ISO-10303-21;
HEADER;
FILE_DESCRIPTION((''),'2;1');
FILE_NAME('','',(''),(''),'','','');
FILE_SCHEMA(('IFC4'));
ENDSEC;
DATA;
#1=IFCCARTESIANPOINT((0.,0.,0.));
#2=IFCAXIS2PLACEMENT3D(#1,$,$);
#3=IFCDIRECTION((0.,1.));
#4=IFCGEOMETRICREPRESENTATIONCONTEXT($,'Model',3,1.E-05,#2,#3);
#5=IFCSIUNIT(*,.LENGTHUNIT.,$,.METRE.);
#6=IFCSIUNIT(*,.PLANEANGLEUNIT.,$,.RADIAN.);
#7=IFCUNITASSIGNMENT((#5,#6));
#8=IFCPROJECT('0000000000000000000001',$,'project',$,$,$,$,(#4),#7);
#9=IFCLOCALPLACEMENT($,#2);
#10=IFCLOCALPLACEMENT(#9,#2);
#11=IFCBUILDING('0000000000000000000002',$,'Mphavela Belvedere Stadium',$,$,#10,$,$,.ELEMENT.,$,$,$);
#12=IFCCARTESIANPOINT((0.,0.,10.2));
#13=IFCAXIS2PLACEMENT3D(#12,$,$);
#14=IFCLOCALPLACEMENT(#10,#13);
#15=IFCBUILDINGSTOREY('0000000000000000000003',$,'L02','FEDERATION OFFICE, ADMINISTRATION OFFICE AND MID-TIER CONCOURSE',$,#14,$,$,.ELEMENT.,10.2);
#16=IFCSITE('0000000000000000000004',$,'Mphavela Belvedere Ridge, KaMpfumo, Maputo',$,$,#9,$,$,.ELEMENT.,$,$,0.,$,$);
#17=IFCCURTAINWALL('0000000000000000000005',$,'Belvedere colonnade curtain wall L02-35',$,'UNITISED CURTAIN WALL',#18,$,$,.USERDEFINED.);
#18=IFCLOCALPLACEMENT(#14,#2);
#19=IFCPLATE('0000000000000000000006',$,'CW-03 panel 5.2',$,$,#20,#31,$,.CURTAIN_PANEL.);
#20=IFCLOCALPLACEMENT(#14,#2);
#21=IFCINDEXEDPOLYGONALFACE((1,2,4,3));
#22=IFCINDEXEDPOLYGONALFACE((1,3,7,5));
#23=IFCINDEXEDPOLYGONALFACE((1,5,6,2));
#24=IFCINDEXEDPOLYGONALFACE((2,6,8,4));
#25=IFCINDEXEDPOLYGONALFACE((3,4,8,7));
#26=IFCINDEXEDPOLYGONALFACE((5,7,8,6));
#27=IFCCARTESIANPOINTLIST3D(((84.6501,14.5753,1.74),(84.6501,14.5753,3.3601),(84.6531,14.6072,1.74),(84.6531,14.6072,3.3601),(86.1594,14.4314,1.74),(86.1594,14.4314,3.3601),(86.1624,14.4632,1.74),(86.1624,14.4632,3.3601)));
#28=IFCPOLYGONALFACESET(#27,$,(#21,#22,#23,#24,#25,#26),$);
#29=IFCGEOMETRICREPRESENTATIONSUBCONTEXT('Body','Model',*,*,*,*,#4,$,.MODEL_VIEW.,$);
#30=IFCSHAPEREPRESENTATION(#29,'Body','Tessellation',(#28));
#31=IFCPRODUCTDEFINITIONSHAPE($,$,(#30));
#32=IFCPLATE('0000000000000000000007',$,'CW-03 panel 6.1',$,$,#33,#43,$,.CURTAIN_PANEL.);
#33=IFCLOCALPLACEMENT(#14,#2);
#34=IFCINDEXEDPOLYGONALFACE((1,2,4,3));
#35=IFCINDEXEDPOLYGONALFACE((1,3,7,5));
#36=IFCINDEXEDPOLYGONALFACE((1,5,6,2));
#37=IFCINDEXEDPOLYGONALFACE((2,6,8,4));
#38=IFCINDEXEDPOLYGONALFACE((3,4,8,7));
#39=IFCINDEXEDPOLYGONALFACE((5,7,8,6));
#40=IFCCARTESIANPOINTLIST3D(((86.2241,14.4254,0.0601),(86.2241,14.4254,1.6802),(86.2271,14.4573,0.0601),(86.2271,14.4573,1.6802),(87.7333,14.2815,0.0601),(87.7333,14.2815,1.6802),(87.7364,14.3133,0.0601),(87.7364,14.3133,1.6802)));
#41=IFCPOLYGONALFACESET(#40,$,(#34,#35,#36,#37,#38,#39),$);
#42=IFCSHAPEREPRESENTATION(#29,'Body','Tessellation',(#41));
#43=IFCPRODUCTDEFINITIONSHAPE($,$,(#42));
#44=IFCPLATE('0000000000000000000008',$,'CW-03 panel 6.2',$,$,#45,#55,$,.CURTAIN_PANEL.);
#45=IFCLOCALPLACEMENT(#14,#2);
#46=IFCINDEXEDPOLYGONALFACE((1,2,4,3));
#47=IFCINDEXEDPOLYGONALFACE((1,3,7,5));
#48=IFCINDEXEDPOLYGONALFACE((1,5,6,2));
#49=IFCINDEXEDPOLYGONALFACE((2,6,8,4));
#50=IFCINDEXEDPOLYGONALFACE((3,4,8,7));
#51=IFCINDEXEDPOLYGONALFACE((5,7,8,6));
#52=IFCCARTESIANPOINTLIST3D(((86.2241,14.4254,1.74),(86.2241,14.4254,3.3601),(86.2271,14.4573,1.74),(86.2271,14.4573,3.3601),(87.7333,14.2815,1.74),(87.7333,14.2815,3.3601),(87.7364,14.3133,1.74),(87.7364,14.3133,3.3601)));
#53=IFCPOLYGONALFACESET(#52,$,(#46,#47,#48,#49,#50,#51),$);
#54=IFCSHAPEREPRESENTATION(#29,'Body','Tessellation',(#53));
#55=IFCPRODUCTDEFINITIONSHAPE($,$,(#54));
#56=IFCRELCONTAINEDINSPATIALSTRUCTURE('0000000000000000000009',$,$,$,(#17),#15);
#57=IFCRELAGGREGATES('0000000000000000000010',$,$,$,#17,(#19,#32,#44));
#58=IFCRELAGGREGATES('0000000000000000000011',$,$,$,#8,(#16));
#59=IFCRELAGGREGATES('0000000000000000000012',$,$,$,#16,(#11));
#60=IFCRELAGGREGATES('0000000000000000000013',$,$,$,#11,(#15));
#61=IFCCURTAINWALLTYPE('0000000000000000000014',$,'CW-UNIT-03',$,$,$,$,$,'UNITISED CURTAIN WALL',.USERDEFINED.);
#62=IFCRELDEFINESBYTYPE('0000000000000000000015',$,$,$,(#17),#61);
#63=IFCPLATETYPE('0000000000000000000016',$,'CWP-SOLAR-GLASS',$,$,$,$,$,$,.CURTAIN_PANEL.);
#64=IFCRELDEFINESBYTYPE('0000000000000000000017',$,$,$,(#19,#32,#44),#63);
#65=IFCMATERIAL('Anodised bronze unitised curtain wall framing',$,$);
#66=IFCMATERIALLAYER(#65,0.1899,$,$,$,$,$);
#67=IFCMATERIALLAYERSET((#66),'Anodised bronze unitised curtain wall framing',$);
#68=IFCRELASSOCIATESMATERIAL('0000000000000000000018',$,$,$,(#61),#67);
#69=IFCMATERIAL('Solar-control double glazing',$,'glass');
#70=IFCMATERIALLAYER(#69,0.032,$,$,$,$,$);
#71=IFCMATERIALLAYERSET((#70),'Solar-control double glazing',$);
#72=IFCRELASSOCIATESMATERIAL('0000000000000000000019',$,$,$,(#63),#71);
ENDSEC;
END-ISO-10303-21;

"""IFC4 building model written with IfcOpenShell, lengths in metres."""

from ifc_helpers import new_model, si_unit, direction, frame, origin, origin_2d, place, context, subcontext, project, spatial, rectangle, extrude, material, layer, layer_set, type_object, element, aggregate, save


model = new_model("IFC4")

# Units and contexts
model_context = context("Model", 3, precision=1e-05, world=origin(), true_north=direction((0.0, 1.0)))
body_context = subcontext(model_context, "Body", "Model", "MODEL_VIEW")
ifc_project = project(units=[si_unit("LENGTHUNIT", "METRE"), si_unit("PLANEANGLEUNIT", "RADIAN")], contexts=[model_context])

# Site, building, storey
site_placement = place(None, origin())
site = spatial("IfcSite", under=ifc_project, at=site_placement, Name="Mphavela Belvedere Ridge, KaMpfumo, Maputo", CompositionType="ELEMENT", RefElevation=0.0)
building_placement = place(site_placement, origin())
building = spatial("IfcBuilding", under=site, at=building_placement, Name="Mphavela Belvedere Stadium", CompositionType="ELEMENT")
storey_placement = place(building_placement, frame((0.0, 0.0, 10.2)))
storey = spatial("IfcBuildingStorey", under=building, at=storey_placement, Name="L02", Description="FEDERATION OFFICE, ADMINISTRATION OFFICE AND MID-TIER CONCOURSE", CompositionType="ELEMENT", Elevation=10.2)

# Curtain wall, plates
ifc_material_1 = material(Name="Anodised bronze unitised curtain wall framing")
ifc_layer_1 = layer(ifc_material_1, 0.1899)
ifc_layer_set_1 = layer_set([ifc_layer_1], Name="Anodised bronze unitised curtain wall framing")
curtain_wall_type = type_object("IfcCurtainWallType", Name="CW-UNIT-03", ElementType="UNITISED CURTAIN WALL", PredefinedType="USERDEFINED", material=ifc_layer_set_1)
curtain_wall_placement = place(storey_placement, origin())
curtain_wall = element("IfcCurtainWall", 1, at=curtain_wall_placement, inside=storey, type_object=curtain_wall_type, Name="Belvedere colonnade curtain wall L02-35", ObjectType="UNITISED CURTAIN WALL", PredefinedType="USERDEFINED")
ifc_material_2 = material(Name="Solar-control double glazing", Category="glass")
ifc_layer_2 = layer(ifc_material_2, 0.032)
ifc_layer_set_2 = layer_set([ifc_layer_2], Name="Solar-control double glazing")
plate_type = type_object("IfcPlateType", Name="CWP-SOLAR-GLASS", PredefinedType="CURTAIN_PANEL", material=ifc_layer_set_2)
plate_1_placement = place(storey_placement, frame((85.4062, 14.5193, 1.74), z_axis=(0.0, 0.0, 1.0), x_axis=(0.995484, -0.094926, 0.0)))
plate_1 = element("IfcPlate", 2, at=plate_1_placement, type_object=plate_type, Name="CW-03 panel 5.2", PredefinedType="CURTAIN_PANEL", context=body_context, shape_type="SweptSolid", body=[
    extrude(rectangle(XDim=1.5161, YDim=0.032, at=origin_2d()), origin(), (0.0, 0.0, 1.0), 1.6201),
])
plate_2_placement = place(storey_placement, frame((86.9802, 14.3694, 0.0601), z_axis=(0.0, 0.0, 1.0), x_axis=(0.995484, -0.094926, 0.0)))
plate_2 = element("IfcPlate", 3, at=plate_2_placement, type_object=plate_type, Name="CW-03 panel 6.1", PredefinedType="CURTAIN_PANEL", context=body_context, shape_type="SweptSolid", body=[
    extrude(rectangle(XDim=1.5161, YDim=0.032, at=origin_2d()), origin(), (0.0, 0.0, 1.0), 1.6201),
])
plate_3_placement = place(storey_placement, frame((86.9802, 14.3694, 1.74), z_axis=(0.0, 0.0, 1.0), x_axis=(0.995484, -0.094926, 0.0)))
plate_3 = element("IfcPlate", 4, at=plate_3_placement, type_object=plate_type, Name="CW-03 panel 6.2", PredefinedType="CURTAIN_PANEL", context=body_context, shape_type="SweptSolid", body=[
    extrude(rectangle(XDim=1.5161, YDim=0.032, at=origin_2d()), origin(), (0.0, 0.0, 1.0), 1.6201),
])
aggregate(curtain_wall, [plate_1, plate_2, plate_3])

save(model, "model.ifc")
